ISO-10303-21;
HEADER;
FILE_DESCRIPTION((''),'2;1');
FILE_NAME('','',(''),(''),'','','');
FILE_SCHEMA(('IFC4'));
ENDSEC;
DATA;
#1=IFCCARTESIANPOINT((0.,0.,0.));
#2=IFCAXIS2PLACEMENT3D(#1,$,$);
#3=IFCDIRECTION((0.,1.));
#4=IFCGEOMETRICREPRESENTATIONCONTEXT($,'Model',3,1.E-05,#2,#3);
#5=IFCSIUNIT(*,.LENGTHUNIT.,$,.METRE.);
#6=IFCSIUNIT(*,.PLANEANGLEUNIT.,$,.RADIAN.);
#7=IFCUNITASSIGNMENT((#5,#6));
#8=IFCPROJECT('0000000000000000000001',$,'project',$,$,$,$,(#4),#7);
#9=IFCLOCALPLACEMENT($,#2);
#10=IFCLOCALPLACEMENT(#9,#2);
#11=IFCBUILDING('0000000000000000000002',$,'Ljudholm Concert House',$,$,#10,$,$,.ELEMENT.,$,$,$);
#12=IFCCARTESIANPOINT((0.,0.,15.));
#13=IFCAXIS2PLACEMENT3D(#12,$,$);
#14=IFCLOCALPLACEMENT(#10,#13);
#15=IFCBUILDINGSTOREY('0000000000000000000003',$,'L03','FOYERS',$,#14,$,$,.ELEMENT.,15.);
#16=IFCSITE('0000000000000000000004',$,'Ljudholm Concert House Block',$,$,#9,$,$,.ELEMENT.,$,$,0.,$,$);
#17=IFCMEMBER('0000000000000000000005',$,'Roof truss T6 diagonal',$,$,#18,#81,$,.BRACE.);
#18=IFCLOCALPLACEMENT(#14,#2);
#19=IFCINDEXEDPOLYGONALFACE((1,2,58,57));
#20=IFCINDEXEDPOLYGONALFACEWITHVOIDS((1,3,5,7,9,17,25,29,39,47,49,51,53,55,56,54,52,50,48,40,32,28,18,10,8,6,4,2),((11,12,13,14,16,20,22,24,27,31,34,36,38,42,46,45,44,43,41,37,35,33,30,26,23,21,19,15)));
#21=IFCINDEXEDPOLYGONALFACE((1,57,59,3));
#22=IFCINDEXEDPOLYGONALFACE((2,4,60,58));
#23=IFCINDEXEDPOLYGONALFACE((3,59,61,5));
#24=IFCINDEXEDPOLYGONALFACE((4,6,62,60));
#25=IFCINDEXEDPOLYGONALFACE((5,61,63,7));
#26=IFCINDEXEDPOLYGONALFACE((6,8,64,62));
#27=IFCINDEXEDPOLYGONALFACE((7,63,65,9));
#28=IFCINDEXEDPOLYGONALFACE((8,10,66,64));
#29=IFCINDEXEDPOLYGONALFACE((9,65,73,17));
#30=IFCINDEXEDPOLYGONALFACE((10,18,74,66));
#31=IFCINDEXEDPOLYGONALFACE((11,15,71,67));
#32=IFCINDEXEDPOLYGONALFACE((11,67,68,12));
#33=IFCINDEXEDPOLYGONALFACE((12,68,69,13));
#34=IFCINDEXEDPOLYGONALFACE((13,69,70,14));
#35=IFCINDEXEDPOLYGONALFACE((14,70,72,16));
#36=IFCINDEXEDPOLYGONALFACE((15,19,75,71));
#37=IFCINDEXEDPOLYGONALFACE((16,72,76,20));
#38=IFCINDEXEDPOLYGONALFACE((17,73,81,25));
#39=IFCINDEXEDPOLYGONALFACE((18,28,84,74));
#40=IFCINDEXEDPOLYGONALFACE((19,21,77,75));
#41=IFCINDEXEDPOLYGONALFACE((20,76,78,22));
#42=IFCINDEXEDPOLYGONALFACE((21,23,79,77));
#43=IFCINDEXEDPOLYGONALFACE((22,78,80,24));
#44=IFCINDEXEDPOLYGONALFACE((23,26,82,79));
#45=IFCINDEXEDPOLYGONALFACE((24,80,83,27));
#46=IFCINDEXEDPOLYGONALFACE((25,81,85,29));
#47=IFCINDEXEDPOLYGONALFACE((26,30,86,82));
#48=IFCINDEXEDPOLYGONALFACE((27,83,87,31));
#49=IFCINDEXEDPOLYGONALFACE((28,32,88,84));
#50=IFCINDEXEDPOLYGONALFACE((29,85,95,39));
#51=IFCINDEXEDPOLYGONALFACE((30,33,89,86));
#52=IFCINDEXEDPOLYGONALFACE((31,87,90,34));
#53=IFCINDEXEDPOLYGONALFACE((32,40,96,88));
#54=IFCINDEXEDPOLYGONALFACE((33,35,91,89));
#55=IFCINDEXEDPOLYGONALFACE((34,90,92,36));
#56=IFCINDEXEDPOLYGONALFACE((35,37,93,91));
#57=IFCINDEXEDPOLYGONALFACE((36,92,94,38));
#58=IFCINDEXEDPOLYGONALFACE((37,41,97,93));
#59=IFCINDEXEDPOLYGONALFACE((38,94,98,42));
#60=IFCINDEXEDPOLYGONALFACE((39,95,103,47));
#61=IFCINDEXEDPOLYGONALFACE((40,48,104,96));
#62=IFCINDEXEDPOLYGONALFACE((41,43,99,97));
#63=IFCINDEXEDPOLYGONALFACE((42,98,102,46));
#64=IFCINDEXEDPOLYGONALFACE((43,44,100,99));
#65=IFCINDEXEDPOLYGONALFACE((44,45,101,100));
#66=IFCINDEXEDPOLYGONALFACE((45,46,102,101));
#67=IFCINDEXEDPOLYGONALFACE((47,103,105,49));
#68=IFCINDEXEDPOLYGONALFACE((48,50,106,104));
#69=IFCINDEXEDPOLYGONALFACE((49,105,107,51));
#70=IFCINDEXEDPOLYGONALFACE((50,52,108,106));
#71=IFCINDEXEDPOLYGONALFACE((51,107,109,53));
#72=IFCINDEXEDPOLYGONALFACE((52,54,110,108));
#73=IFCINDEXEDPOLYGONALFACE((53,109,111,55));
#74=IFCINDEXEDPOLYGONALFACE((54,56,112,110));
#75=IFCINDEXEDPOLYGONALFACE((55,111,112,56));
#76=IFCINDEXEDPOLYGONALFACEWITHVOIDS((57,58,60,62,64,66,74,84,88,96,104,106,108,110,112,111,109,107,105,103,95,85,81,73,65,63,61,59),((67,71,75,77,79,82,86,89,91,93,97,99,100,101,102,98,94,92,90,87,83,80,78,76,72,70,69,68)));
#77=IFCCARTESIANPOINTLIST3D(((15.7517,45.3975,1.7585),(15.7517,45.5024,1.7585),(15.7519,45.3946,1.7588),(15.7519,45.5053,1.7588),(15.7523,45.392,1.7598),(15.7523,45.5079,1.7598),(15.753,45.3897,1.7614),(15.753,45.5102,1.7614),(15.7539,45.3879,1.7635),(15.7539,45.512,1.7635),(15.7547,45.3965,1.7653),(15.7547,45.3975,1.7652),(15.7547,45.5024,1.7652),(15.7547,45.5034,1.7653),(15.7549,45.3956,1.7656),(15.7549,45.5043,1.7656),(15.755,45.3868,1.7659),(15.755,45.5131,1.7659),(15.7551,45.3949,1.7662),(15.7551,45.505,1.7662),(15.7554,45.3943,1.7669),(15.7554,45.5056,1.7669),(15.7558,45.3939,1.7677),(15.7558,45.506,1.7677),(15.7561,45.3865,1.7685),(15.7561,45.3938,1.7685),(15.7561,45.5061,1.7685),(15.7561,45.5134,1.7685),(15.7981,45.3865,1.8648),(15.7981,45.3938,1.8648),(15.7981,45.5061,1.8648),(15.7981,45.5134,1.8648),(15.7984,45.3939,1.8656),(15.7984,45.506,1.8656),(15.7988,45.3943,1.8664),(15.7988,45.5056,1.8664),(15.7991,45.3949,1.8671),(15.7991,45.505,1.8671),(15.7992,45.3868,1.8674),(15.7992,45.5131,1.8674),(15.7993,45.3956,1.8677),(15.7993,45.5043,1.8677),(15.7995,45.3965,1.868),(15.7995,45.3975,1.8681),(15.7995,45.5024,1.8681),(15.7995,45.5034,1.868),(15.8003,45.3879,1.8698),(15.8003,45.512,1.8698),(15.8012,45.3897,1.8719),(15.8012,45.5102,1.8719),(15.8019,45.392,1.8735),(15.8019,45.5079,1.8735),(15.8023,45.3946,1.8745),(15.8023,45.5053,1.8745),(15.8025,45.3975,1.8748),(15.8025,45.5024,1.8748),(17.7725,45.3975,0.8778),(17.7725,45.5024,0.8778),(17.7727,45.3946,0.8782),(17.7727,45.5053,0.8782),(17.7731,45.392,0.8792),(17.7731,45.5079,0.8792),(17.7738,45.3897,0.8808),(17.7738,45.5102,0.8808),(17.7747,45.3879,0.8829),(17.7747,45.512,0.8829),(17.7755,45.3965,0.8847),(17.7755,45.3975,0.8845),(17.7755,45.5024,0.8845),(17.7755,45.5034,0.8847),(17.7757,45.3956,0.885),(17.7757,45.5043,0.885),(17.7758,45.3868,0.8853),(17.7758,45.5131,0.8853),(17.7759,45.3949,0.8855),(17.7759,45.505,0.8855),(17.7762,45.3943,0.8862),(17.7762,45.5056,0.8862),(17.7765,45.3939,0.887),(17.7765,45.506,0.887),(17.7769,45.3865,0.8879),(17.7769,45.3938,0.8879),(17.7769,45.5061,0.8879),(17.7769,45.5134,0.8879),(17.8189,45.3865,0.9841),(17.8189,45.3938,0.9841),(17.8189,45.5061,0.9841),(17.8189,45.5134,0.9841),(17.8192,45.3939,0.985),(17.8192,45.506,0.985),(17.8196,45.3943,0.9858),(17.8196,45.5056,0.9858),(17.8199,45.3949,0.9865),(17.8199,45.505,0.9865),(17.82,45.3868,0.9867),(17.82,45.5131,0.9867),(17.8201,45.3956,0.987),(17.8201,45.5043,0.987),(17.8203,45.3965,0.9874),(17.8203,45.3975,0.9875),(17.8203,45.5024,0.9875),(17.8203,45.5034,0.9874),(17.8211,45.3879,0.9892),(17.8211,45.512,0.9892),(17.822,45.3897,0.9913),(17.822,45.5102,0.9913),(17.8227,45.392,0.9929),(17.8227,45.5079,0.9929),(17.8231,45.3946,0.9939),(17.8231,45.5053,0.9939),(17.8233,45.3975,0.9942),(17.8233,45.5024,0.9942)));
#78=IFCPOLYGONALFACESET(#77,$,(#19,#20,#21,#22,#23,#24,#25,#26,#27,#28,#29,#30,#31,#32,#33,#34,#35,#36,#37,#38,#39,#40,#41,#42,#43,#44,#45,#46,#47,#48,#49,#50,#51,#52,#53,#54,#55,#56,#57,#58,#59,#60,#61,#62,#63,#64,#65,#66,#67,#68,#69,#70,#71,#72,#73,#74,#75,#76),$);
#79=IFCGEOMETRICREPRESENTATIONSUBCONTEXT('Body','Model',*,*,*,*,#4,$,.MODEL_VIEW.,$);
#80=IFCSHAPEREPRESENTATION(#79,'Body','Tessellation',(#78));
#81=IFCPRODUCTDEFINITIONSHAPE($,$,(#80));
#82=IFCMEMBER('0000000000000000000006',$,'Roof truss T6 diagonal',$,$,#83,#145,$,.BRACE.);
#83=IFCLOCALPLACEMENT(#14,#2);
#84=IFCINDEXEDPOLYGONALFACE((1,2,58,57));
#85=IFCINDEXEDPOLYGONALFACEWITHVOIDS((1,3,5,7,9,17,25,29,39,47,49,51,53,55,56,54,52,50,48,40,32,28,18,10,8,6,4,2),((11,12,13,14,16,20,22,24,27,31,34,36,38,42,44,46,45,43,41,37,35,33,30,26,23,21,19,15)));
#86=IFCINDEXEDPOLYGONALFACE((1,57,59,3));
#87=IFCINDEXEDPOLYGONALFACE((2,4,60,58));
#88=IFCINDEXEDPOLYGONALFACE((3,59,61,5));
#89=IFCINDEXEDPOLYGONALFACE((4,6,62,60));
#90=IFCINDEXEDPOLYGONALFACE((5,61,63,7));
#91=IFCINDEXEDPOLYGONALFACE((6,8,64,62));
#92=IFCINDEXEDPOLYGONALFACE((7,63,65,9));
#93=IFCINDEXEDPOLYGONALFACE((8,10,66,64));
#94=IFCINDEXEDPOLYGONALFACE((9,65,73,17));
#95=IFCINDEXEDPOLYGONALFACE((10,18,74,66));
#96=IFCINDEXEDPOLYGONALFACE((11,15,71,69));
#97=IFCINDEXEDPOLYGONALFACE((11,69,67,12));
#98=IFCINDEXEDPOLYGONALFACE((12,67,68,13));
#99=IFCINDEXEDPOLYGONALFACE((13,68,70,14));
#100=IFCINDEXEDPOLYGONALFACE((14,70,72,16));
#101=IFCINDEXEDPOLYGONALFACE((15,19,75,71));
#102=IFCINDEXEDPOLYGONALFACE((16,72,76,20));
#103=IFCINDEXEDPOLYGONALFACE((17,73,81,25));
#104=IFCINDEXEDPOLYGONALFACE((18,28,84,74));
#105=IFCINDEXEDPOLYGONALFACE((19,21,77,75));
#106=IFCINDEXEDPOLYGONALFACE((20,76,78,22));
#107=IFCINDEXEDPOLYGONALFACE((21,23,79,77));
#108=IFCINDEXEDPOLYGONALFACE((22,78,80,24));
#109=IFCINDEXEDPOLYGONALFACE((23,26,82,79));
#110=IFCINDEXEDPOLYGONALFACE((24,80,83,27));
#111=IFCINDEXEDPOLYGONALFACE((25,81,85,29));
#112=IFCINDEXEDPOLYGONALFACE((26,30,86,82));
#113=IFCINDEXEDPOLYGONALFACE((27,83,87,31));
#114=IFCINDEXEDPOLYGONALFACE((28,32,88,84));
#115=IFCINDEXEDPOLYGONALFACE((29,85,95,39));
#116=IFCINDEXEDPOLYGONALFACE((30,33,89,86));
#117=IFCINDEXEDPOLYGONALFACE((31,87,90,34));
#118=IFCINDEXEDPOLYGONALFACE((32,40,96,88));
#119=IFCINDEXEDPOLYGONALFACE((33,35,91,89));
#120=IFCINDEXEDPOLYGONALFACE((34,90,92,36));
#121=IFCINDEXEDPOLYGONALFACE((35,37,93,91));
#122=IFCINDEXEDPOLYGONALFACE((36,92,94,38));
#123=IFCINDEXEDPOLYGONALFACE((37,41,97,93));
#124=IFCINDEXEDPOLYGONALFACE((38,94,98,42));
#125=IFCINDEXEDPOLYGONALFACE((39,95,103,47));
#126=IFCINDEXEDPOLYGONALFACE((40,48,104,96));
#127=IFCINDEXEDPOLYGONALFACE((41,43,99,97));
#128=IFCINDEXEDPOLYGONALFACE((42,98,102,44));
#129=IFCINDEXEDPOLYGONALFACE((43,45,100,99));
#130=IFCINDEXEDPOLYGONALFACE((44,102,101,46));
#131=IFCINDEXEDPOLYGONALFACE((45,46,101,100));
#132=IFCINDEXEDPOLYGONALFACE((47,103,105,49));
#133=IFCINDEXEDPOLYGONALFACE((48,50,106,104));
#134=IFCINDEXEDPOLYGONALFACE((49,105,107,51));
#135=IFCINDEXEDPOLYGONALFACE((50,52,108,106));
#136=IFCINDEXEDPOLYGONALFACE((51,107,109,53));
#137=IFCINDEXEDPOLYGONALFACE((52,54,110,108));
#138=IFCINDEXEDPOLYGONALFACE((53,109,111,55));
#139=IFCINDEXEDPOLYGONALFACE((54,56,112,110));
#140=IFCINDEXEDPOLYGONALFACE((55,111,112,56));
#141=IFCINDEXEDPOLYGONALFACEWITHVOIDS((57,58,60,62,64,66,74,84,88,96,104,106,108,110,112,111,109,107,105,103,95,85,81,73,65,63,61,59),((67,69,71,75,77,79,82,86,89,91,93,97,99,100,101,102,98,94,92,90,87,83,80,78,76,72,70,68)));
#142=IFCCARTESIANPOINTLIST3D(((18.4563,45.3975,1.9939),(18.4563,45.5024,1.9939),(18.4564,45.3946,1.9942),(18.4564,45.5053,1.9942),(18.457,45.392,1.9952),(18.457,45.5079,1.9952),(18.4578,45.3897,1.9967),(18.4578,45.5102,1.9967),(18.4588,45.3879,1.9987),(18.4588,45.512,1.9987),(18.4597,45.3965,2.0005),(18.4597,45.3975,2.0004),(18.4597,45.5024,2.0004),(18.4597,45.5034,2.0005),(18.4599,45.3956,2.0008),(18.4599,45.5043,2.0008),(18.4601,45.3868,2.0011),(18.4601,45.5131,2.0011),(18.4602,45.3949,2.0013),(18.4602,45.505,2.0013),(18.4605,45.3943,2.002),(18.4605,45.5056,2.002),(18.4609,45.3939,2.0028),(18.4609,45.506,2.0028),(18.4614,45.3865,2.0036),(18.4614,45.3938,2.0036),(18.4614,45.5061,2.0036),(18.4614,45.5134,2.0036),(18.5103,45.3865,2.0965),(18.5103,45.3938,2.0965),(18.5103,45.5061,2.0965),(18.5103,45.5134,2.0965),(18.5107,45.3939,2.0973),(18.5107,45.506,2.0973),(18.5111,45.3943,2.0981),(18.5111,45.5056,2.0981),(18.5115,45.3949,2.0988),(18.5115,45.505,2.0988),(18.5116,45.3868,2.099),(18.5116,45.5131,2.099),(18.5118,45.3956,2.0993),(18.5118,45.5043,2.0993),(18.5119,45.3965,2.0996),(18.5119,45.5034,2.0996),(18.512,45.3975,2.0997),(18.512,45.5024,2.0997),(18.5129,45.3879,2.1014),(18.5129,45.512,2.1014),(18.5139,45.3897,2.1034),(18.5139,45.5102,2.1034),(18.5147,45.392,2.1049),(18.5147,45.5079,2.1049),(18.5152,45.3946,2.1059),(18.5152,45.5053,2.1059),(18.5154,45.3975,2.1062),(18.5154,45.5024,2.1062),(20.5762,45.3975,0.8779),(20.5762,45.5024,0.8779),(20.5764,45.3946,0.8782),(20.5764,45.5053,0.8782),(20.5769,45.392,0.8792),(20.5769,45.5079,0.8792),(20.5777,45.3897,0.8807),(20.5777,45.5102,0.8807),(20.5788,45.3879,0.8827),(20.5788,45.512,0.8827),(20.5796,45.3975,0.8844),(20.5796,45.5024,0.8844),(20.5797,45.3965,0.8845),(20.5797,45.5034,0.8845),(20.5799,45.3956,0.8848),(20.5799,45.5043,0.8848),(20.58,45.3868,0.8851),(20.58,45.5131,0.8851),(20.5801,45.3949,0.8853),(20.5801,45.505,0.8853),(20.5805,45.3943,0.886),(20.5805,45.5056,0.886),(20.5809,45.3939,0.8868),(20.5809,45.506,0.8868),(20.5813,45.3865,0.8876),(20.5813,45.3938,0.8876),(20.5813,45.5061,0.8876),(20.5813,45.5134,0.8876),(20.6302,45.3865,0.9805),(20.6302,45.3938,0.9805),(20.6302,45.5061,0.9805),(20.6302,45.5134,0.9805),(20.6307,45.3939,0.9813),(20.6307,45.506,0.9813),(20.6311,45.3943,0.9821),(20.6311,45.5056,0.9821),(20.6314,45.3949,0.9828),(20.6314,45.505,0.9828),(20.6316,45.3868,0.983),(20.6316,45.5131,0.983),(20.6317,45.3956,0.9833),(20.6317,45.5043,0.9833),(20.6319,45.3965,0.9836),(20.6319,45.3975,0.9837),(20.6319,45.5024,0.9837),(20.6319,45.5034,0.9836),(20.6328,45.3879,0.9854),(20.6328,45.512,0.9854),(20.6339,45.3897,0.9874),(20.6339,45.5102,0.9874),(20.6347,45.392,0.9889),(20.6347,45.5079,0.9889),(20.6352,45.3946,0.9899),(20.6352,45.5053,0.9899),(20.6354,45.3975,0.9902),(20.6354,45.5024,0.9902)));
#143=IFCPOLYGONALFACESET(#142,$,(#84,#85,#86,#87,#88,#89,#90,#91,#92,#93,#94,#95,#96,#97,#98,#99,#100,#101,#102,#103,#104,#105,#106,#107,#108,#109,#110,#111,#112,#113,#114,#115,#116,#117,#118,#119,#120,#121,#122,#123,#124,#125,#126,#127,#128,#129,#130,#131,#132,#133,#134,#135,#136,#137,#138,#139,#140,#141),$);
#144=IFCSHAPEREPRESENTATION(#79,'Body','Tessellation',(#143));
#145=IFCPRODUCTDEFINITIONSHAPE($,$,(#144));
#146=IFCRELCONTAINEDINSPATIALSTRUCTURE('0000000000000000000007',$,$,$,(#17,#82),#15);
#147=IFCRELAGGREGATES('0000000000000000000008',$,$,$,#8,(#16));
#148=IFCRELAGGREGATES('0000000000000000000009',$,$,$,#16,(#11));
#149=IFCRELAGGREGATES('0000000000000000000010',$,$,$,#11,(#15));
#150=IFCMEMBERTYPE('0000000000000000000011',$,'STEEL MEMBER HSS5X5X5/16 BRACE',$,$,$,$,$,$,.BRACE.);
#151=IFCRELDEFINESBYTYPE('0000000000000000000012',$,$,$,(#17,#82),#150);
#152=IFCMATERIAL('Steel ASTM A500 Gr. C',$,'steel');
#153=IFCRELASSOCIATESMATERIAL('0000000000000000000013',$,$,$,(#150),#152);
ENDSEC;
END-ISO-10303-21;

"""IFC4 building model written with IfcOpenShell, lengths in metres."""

from ifc_helpers import new_model, si_unit, direction, frame, origin, origin_2d, place, context, subcontext, project, spatial, hollow_rectangle, extrude, material, material_profile, profile_set, type_object, element, save


model = new_model("IFC4")

# Units and contexts
model_context = context("Model", 3, precision=1e-05, world=origin(), true_north=direction((0.0, 1.0)))
body_context = subcontext(model_context, "Body", "Model", "MODEL_VIEW")
ifc_project = project(units=[si_unit("LENGTHUNIT", "METRE"), si_unit("PLANEANGLEUNIT", "RADIAN")], contexts=[model_context])

# Site, building, storey
site_placement = place(None, origin())
site = spatial("IfcSite", under=ifc_project, at=site_placement, Name="Ljudholm Concert House Block", CompositionType="ELEMENT", RefElevation=0.0)
building_placement = place(site_placement, origin())
building = spatial("IfcBuilding", under=site, at=building_placement, Name="Ljudholm Concert House", CompositionType="ELEMENT")
storey_placement = place(building_placement, frame((0.0, 0.0, 15.0)))
storey = spatial("IfcBuildingStorey", under=building, at=storey_placement, Name="L03", Description="FOYERS", CompositionType="ELEMENT", Elevation=15.0)

# Members
ifc_material_1 = material(Name="Steel ASTM A500 Gr. C", Category="steel")
ifc_material_profile_1 = material_profile(ifc_material_1, hollow_rectangle(XDim=0.127, YDim=0.127, WallThickness=0.0073, InnerFilletRadius=0.0037, OuterFilletRadius=0.011, at=origin_2d()), Name="HSS5X5X5/16")
ifc_profile_set_1 = profile_set([ifc_material_profile_1], Name="Steel ASTM A500 Gr. C")
member_type_1 = type_object("IfcMemberType", Name="STEEL MEMBER HSS5X5X5/16 BRACE", PredefinedType="BRACE", material=ifc_profile_set_1)
member_1_placement = place(storey_placement, frame((15.7771, 45.45, 1.8167), z_axis=(0.916733, 0.0, -0.3995), x_axis=(0.0, 1.0, 0.0)))
element("IfcMember", 1, at=member_1_placement, inside=storey, type_object=member_type_1, Name="Roof truss T6 diagonal", PredefinedType="BRACE", context=body_context, shape_type="SweptSolid", body=[
    extrude(hollow_rectangle(XDim=0.127, YDim=0.127, WallThickness=0.0073, InnerFilletRadius=0.0037, OuterFilletRadius=0.011, at=origin_2d()), origin(), (0.0, 0.0, 1.0), 2.2043),
])
member_2_placement = place(storey_placement, frame((18.4858, 45.45, 2.05), z_axis=(0.884876, 0.0, -0.465826), x_axis=(0.0, 1.0, 0.0)))
element("IfcMember", 2, at=member_2_placement, inside=storey, type_object=member_type_1, Name="Roof truss T6 diagonal", PredefinedType="BRACE", context=body_context, shape_type="SweptSolid", body=[
    extrude(hollow_rectangle(XDim=0.127, YDim=0.127, WallThickness=0.0073, InnerFilletRadius=0.0037, OuterFilletRadius=0.011, at=origin_2d()), origin(), (0.0, 0.0, 1.0), 2.3958),
])

save(model, "model.ifc")
